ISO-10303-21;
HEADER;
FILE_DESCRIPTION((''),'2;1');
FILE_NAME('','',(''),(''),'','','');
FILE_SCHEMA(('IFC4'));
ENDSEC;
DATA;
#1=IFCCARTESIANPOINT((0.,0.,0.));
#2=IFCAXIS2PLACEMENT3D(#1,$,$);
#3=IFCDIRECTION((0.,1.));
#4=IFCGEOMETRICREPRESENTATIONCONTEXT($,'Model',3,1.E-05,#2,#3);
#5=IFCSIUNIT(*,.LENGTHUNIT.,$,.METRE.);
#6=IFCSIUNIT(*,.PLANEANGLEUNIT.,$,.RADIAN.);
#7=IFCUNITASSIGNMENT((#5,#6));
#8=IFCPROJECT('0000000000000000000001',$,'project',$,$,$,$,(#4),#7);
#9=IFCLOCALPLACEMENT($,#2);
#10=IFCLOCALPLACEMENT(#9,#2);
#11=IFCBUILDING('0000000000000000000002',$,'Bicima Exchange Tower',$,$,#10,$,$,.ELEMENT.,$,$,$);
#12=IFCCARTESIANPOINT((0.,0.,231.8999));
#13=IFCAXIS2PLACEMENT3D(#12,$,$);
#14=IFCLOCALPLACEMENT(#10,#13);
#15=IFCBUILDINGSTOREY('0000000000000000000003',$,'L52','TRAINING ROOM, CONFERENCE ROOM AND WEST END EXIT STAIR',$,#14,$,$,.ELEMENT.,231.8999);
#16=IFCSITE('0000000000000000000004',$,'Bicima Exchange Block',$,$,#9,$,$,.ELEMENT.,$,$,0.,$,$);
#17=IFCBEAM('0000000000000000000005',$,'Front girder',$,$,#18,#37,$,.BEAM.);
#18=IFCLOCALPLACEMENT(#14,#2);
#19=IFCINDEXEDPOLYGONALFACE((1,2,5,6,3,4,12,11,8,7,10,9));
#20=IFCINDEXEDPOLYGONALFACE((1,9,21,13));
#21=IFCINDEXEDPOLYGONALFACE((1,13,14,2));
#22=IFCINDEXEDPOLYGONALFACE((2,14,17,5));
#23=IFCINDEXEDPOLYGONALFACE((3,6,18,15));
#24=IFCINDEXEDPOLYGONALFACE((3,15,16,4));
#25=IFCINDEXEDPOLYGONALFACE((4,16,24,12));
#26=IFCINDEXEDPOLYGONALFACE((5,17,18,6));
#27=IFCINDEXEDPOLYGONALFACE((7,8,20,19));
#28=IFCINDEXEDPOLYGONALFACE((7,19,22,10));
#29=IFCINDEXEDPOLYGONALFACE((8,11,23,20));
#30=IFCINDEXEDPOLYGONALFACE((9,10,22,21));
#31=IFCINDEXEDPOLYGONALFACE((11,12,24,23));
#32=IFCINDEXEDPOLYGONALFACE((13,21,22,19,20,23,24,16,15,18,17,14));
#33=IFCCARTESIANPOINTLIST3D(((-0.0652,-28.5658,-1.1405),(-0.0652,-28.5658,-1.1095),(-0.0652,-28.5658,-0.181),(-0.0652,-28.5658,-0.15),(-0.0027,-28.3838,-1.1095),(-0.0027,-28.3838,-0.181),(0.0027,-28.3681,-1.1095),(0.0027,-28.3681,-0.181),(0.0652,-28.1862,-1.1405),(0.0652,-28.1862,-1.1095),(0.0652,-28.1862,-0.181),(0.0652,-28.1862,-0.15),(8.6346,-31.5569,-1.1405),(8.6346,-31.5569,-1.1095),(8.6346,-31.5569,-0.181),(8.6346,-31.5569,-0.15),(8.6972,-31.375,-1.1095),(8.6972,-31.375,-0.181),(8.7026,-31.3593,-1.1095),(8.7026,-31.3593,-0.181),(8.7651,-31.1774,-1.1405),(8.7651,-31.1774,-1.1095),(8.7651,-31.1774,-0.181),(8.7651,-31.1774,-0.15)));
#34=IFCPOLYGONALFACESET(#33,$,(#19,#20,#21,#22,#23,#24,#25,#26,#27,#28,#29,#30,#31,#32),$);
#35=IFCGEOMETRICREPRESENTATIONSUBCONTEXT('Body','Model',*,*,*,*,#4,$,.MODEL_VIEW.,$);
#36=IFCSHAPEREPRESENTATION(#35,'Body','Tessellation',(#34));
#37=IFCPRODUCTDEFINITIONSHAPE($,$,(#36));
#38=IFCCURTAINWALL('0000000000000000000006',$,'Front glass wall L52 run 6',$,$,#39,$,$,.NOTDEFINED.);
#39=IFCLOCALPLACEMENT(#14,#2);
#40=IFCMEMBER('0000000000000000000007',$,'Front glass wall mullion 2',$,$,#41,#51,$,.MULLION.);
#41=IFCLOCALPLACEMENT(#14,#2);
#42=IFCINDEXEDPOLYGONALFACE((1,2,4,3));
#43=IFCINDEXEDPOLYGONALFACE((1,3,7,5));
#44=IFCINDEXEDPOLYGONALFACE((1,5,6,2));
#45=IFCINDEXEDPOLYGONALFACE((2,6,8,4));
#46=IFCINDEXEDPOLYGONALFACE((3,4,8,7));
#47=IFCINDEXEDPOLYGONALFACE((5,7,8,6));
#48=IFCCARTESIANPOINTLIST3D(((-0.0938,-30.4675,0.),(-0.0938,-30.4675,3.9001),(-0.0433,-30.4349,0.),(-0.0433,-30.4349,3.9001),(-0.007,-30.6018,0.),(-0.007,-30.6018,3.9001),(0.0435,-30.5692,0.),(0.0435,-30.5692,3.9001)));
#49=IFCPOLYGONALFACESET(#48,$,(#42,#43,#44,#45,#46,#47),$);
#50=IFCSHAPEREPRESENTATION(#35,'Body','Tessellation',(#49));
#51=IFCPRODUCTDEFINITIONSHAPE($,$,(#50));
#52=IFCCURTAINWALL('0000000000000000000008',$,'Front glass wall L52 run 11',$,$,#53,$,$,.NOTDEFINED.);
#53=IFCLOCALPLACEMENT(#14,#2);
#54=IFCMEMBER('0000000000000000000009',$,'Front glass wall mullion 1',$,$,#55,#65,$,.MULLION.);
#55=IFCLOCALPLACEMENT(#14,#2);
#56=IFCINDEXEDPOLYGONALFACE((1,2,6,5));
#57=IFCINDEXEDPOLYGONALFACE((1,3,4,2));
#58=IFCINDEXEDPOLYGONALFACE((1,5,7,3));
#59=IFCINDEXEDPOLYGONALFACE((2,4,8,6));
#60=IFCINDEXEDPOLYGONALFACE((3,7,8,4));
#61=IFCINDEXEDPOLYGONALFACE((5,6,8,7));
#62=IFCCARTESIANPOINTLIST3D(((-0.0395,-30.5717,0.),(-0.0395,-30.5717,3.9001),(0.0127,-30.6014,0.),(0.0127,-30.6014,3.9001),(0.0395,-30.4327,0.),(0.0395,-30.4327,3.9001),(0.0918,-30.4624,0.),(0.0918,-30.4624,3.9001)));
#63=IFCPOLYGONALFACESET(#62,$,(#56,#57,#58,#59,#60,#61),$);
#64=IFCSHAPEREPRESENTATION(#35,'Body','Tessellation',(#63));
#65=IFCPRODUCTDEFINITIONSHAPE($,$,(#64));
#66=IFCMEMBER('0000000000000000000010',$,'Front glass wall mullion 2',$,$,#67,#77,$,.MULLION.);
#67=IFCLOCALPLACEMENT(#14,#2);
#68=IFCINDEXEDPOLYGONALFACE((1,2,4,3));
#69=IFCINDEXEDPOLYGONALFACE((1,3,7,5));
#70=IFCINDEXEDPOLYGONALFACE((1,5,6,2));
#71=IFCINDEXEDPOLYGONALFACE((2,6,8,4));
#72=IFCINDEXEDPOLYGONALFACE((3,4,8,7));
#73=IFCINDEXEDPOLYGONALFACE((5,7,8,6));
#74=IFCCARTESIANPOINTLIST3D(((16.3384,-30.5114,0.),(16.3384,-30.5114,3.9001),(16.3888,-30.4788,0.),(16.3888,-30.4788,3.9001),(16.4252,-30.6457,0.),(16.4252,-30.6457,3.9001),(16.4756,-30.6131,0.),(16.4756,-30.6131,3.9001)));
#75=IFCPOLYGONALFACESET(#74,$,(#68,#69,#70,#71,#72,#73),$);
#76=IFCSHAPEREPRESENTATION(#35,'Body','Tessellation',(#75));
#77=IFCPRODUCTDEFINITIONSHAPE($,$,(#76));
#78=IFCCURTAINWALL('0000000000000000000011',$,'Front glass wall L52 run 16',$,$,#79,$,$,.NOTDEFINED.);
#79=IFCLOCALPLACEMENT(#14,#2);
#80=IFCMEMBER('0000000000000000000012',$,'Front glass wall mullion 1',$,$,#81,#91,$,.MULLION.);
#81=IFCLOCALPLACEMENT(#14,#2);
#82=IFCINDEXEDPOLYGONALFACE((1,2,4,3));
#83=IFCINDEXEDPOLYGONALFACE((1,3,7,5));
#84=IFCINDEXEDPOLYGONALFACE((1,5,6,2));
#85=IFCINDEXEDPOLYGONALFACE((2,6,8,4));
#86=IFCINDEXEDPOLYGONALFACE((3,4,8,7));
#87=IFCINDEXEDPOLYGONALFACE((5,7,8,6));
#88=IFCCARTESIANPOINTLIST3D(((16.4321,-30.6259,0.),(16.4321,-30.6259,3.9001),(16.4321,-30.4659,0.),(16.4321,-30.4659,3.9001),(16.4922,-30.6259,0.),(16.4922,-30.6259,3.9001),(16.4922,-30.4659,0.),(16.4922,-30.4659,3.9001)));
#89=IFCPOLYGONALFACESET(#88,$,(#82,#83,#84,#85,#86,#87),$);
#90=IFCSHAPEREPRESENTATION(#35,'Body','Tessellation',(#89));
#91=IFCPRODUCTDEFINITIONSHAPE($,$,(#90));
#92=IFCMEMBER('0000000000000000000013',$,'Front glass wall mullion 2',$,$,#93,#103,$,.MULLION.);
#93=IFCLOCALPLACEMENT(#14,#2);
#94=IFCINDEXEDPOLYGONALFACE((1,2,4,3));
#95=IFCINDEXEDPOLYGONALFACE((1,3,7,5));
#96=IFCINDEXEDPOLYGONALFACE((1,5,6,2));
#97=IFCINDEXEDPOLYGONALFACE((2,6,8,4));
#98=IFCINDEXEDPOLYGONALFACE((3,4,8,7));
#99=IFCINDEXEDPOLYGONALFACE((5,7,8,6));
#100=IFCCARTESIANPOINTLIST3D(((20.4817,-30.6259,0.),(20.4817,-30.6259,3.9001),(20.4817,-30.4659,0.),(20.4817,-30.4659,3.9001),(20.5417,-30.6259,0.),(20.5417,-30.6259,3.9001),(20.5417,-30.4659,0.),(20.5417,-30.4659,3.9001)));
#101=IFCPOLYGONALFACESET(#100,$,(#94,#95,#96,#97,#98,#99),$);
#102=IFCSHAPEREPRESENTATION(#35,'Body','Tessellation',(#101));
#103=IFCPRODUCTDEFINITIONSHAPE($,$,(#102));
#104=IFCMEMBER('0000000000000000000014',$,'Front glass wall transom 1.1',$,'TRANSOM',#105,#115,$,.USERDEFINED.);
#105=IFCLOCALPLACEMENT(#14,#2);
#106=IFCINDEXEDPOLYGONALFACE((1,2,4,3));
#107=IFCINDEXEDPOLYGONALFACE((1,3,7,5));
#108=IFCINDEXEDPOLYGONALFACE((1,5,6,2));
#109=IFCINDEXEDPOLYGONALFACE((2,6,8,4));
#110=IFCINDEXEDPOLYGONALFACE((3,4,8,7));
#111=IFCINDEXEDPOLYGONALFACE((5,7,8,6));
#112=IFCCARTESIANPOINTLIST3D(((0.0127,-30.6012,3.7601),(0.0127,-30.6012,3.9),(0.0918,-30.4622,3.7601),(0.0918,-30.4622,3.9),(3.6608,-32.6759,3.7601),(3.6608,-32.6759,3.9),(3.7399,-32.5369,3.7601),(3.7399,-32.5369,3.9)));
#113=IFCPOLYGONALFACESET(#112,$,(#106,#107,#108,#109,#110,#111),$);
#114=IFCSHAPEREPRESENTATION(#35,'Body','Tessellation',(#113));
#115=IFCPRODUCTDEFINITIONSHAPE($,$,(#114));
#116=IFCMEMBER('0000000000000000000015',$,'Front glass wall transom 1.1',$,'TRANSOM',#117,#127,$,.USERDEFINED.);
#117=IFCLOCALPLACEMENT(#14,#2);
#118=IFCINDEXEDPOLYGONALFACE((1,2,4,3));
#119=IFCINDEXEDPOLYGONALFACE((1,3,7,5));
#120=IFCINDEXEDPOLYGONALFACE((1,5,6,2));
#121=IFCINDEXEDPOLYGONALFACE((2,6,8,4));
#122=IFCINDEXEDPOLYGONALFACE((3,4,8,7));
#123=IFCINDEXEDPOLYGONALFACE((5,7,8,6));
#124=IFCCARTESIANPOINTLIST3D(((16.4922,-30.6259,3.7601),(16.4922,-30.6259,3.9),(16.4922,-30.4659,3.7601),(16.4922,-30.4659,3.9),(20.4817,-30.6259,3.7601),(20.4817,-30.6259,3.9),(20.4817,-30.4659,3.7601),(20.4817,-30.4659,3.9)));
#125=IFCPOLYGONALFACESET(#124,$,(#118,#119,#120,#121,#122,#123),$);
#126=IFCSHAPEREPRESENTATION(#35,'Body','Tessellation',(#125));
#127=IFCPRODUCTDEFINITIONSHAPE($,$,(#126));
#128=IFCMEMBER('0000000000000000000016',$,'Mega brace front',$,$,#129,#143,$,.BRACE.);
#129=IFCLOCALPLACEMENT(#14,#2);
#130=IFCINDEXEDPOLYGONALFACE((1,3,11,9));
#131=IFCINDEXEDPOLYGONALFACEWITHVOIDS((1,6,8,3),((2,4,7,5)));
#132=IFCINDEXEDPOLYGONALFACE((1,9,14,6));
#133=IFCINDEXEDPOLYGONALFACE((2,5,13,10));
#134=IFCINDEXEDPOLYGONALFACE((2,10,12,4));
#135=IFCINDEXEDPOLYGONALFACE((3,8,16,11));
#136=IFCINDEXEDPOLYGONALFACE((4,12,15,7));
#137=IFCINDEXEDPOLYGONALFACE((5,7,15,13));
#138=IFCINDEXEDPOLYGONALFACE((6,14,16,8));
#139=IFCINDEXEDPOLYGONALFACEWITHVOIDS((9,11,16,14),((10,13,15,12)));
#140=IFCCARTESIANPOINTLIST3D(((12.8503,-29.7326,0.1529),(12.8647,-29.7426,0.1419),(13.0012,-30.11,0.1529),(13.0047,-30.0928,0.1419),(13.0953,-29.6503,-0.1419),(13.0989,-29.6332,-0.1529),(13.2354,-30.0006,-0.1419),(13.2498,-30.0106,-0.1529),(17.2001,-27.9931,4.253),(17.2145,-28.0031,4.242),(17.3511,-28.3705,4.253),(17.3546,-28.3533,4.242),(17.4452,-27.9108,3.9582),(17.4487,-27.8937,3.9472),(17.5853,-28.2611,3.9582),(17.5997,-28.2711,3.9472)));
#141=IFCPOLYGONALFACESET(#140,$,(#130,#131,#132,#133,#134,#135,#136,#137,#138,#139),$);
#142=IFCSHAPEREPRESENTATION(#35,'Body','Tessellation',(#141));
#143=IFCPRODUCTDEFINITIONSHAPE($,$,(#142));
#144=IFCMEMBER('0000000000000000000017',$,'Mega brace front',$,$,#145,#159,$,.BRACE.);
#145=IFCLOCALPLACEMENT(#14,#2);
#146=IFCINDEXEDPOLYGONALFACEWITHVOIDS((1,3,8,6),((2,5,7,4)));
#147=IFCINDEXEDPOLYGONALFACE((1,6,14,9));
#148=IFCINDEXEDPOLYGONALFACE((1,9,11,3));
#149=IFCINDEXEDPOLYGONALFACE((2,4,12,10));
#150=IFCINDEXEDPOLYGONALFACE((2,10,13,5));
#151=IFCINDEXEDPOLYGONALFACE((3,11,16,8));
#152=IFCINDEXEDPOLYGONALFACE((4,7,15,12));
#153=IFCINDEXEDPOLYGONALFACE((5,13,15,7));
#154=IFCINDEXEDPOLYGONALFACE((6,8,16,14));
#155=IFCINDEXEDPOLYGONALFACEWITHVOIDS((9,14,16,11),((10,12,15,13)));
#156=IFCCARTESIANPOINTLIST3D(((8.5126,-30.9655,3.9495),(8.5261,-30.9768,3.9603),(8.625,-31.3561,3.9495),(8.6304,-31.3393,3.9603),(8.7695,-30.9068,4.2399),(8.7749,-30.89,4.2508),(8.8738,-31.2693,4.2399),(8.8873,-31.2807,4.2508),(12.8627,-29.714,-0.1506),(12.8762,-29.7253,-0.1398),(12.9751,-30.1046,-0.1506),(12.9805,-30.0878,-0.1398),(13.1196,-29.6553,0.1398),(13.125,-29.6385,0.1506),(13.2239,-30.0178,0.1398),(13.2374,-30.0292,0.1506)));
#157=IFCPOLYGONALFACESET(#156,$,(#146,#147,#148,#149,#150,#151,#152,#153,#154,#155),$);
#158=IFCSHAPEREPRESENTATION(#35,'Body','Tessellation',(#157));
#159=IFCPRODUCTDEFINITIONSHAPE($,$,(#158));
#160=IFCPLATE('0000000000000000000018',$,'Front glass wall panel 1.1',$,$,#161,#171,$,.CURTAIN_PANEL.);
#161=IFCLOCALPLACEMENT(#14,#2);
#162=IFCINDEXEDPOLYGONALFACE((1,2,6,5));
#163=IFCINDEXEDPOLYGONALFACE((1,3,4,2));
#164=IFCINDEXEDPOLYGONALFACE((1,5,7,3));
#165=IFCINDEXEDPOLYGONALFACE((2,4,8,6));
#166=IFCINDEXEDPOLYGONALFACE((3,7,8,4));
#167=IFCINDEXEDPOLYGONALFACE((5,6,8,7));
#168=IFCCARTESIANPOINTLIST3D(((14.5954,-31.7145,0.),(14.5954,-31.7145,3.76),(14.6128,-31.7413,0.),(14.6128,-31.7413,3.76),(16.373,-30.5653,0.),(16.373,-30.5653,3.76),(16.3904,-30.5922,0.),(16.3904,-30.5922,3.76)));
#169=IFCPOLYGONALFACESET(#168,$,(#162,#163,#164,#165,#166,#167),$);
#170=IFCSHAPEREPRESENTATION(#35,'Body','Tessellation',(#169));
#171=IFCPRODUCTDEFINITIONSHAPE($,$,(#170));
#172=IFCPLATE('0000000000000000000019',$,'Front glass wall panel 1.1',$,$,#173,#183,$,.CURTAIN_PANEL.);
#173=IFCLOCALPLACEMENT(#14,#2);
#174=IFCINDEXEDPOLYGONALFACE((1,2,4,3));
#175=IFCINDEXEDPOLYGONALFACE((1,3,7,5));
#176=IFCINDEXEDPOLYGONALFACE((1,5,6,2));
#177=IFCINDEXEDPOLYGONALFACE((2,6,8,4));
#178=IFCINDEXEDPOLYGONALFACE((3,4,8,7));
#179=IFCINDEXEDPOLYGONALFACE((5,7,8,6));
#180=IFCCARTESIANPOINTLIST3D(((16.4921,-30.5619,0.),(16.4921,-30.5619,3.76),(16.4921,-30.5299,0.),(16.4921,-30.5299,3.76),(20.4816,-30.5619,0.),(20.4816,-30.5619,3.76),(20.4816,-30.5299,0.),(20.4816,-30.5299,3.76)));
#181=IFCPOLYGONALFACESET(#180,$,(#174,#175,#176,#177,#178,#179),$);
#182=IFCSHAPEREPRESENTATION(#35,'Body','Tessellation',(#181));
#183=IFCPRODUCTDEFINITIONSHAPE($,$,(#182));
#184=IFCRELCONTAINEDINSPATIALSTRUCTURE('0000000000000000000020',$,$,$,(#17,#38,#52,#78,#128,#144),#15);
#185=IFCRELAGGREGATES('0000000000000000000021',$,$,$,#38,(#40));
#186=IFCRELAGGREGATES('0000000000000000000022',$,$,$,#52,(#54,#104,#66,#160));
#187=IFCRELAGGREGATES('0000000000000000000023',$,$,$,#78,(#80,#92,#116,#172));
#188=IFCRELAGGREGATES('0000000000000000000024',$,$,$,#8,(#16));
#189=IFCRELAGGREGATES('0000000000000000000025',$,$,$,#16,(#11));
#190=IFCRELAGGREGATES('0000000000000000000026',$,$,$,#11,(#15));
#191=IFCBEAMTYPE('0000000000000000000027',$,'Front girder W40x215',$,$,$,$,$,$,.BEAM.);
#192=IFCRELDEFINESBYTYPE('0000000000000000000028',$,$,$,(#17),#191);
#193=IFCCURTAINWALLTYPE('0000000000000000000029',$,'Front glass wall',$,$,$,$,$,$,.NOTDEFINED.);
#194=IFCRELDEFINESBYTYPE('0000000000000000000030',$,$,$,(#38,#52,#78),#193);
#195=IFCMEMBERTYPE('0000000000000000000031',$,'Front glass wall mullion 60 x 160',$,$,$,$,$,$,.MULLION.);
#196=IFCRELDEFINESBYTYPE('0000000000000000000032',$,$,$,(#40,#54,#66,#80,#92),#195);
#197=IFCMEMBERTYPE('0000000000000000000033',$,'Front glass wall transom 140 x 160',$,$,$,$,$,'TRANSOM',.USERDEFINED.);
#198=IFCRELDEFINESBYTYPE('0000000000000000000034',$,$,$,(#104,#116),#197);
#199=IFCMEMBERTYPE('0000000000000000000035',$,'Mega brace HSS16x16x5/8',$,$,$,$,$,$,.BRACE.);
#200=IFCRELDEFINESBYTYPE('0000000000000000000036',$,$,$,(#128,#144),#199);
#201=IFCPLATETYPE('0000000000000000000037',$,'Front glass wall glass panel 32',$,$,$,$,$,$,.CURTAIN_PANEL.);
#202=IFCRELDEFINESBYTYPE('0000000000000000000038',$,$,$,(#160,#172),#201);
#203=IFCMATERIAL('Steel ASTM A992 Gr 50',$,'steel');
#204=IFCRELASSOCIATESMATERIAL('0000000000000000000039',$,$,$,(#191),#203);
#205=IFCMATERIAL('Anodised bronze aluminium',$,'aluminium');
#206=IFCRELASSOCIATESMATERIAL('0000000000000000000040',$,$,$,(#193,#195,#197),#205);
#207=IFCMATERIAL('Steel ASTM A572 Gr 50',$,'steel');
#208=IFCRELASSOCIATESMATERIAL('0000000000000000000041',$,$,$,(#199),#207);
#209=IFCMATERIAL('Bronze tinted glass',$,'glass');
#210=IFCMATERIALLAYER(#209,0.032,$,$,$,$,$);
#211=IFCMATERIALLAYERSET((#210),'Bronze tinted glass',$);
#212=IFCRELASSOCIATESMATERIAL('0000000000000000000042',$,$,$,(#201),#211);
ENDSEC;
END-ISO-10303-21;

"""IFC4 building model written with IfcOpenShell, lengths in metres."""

from ifc_helpers import new_model, si_unit, direction, frame, origin, origin_2d, place, context, subcontext, project, spatial, rectangle, hollow_rectangle, i_section, extrude, material, layer, layer_set, material_profile, profile_set, type_object, element, aggregate, save


model = new_model("IFC4")

# Units and contexts
model_context = context("Model", 3, precision=1e-05, world=origin(), true_north=direction((0.0, 1.0)))
body_context = subcontext(model_context, "Body", "Model", "MODEL_VIEW")
ifc_project = project(units=[si_unit("LENGTHUNIT", "METRE"), si_unit("PLANEANGLEUNIT", "RADIAN")], contexts=[model_context])

# Site, building, storey
site_placement = place(None, origin())
site = spatial("IfcSite", under=ifc_project, at=site_placement, Name="Bicima Exchange Block", CompositionType="ELEMENT", RefElevation=0.0)
building_placement = place(site_placement, origin())
building = spatial("IfcBuilding", under=site, at=building_placement, Name="Bicima Exchange Tower", CompositionType="ELEMENT")
storey_placement = place(building_placement, frame((0.0, 0.0, 231.8999)))
storey = spatial("IfcBuildingStorey", under=building, at=storey_placement, Name="L52", Description="TRAINING ROOM, CONFERENCE ROOM AND WEST END EXIT STAIR", CompositionType="ELEMENT", Elevation=231.8999)

# Shared definitions
ifc_material_1 = material(Name="Steel ASTM A992 Gr 50", Category="steel")

# Beam
ifc_material_profile_1 = material_profile(ifc_material_1, i_section(OverallWidth=0.4014, OverallDepth=0.9905, WebThickness=0.0166, FlangeThickness=0.031, at=origin_2d()))
ifc_profile_set_1 = profile_set([ifc_material_profile_1], Name="Steel ASTM A992 Gr 50")
beam_type_1 = type_object("IfcBeamType", Name="Front girder W40x215", PredefinedType="BEAM", material=ifc_profile_set_1)
beam_1_placement = place(storey_placement, frame((0.0, -28.376, -0.6453), z_axis=(0.945666, -0.325138, 0.0), x_axis=(0.325138, 0.945666, 0.0)))
element("IfcBeam", 1, at=beam_1_placement, inside=storey, type_object=beam_type_1, Name="Front girder", PredefinedType="BEAM", context=body_context, shape_type="SweptSolid", body=[
    extrude(i_section(OverallWidth=0.4014, OverallDepth=0.9905, WebThickness=0.0166, FlangeThickness=0.031, at=origin_2d()), origin(), (0.0, 0.0, 1.0), 9.1997),
])

# Curtain wall, member
ifc_material_2 = material(Name="Anodised bronze aluminium", Category="aluminium")
curtain_wall_type = type_object("IfcCurtainWallType", Name="Front glass wall", PredefinedType="NOTDEFINED", material=ifc_material_2)
curtain_wall_1_placement = place(storey_placement, origin())
curtain_wall_1 = element("IfcCurtainWall", 2, at=curtain_wall_1_placement, inside=storey, type_object=curtain_wall_type, Name="Front glass wall L52 run 6", PredefinedType="NOTDEFINED")
ifc_material_profile_2 = material_profile(ifc_material_2, rectangle(XDim=0.1599, YDim=0.0601, at=origin_2d()))
ifc_profile_set_2 = profile_set([ifc_material_profile_2], Name="Anodised bronze aluminium")
member_type_1 = type_object("IfcMemberType", Name="Front glass wall mullion 60 x 160", PredefinedType="MULLION", material=ifc_profile_set_2)
member_1_placement = place(storey_placement, frame((-0.0251, -30.5183, 0.0), z_axis=(0.0, 0.0, 1.0), x_axis=(-0.542897, 0.839799, 0.0)))
member_1 = element("IfcMember", 3, at=member_1_placement, type_object=member_type_1, Name="Front glass wall mullion 2", PredefinedType="MULLION", context=body_context, shape_type="SweptSolid", body=[
    extrude(rectangle(XDim=0.1599, YDim=0.0601, at=origin_2d()), origin(), (0.0, 0.0, 1.0), 3.9001),
])
aggregate(curtain_wall_1, [member_1])

# Curtain walls, members
curtain_wall_2_placement = place(storey_placement, origin())
curtain_wall_2 = element("IfcCurtainWall", 4, at=curtain_wall_2_placement, inside=storey, type_object=curtain_wall_type, Name="Front glass wall L52 run 11", PredefinedType="NOTDEFINED")
member_2_placement = place(storey_placement, frame((0.0261, -30.5171, 0.0), z_axis=(0.0, 0.0, 1.0), x_axis=(0.49433, 0.869274, 0.0)))
member_2 = element("IfcMember", 5, at=member_2_placement, type_object=member_type_1, Name="Front glass wall mullion 1", PredefinedType="MULLION", context=body_context, shape_type="SweptSolid", body=[
    extrude(rectangle(XDim=0.1599, YDim=0.0601, at=origin_2d()), origin(), (0.0, 0.0, 1.0), 3.9001),
])
member_3_placement = place(storey_placement, frame((16.407, -30.5623, 0.0), z_axis=(0.0, 0.0, 1.0), x_axis=(-0.542909, 0.839791, 0.0)))
member_3 = element("IfcMember", 6, at=member_3_placement, type_object=member_type_1, Name="Front glass wall mullion 2", PredefinedType="MULLION", context=body_context, shape_type="SweptSolid", body=[
    extrude(rectangle(XDim=0.1599, YDim=0.0601, at=origin_2d()), origin(), (0.0, 0.0, 1.0), 3.9001),
])
curtain_wall_3_placement = place(storey_placement, origin())
curtain_wall_3 = element("IfcCurtainWall", 7, at=curtain_wall_3_placement, inside=storey, type_object=curtain_wall_type, Name="Front glass wall L52 run 16", PredefinedType="NOTDEFINED")
member_4_placement = place(storey_placement, frame((16.4622, -30.5459, 0.0), z_axis=(0.0, 0.0, 1.0), x_axis=(0.0, 1.0, 0.0)))
member_4 = element("IfcMember", 8, at=member_4_placement, type_object=member_type_1, Name="Front glass wall mullion 1", PredefinedType="MULLION", context=body_context, shape_type="SweptSolid", body=[
    extrude(rectangle(XDim=0.1599, YDim=0.0601, at=origin_2d()), origin(), (0.0, 0.0, 1.0), 3.9001),
])
member_5_placement = place(storey_placement, frame((20.5117, -30.5459, 0.0), z_axis=(0.0, 0.0, 1.0), x_axis=(0.0, 1.0, 0.0)))
member_5 = element("IfcMember", 9, at=member_5_placement, type_object=member_type_1, Name="Front glass wall mullion 2", PredefinedType="MULLION", context=body_context, shape_type="SweptSolid", body=[
    extrude(rectangle(XDim=0.1599, YDim=0.0601, at=origin_2d()), origin(), (0.0, 0.0, 1.0), 3.9001),
])

# Members
ifc_material_profile_3 = material_profile(ifc_material_2, rectangle(XDim=0.1599, YDim=0.1399, at=origin_2d()))
ifc_profile_set_3 = profile_set([ifc_material_profile_3], Name="Anodised bronze aluminium")
member_type_2 = type_object("IfcMemberType", Name="Front glass wall transom 140 x 160", ElementType="TRANSOM", PredefinedType="USERDEFINED", material=ifc_profile_set_3)
member_6_placement = place(storey_placement, frame((0.0522, -30.5317, 3.8301), z_axis=(0.869265, -0.494346, 0.0), x_axis=(0.494346, 0.869265, 0.0)))
member_6 = element("IfcMember", 10, at=member_6_placement, type_object=member_type_2, Name="Front glass wall transom 1.1", ObjectType="TRANSOM", PredefinedType="USERDEFINED", context=body_context, shape_type="SweptSolid", body=[
    extrude(rectangle(XDim=0.1599, YDim=0.1399, at=origin_2d()), origin(), (0.0, 0.0, 1.0), 4.1968),
])
member_7_placement = place(storey_placement, frame((16.4922, -30.5459, 3.8301), z_axis=(1.0, 0.0, 0.0), x_axis=(0.0, 1.0, 0.0)))
member_7 = element("IfcMember", 11, at=member_7_placement, type_object=member_type_2, Name="Front glass wall transom 1.1", ObjectType="TRANSOM", PredefinedType="USERDEFINED", context=body_context, shape_type="SweptSolid", body=[
    extrude(rectangle(XDim=0.1599, YDim=0.1399, at=origin_2d()), origin(), (0.0, 0.0, 1.0), 3.9895),
])

# Members
ifc_material_3 = material(Name="Steel ASTM A572 Gr 50", Category="steel")
ifc_material_profile_4 = material_profile(ifc_material_3, hollow_rectangle(XDim=0.4065, YDim=0.4065, WallThickness=0.0146, at=origin_2d()))
ifc_profile_set_4 = profile_set([ifc_material_profile_4], Name="Steel ASTM A572 Gr 50")
member_type_3 = type_object("IfcMemberType", Name="Mega brace HSS16x16x5/8", PredefinedType="BRACE", material=ifc_profile_set_4)
member_8_placement = place(storey_placement, frame((13.05, -29.8716, 0.0), z_axis=(0.698706, 0.279412, 0.658588), x_axis=(-0.37131, 0.928509, 0.0)))
element("IfcMember", 12, at=member_8_placement, inside=storey, type_object=member_type_3, Name="Mega brace front", PredefinedType="BRACE", context=body_context, shape_type="SweptSolid", body=[
    extrude(hollow_rectangle(XDim=0.4065, YDim=0.4065, WallThickness=0.0146, at=origin_2d()), origin(), (0.0, 0.0, 1.0), 6.2256),
])
member_9_placement = place(storey_placement, frame((13.05, -29.8716, 0.0), z_axis=(-0.712267, -0.20491, 0.671333), x_axis=(0.276473, -0.961022, 0.0)))
element("IfcMember", 13, at=member_9_placement, inside=storey, type_object=member_type_3, Name="Mega brace front", PredefinedType="BRACE", context=body_context, shape_type="SweptSolid", body=[
    extrude(hollow_rectangle(XDim=0.4065, YDim=0.4065, WallThickness=0.0146, at=origin_2d()), origin(), (0.0, 0.0, 1.0), 6.1074),
])

# Plates
ifc_material_4 = material(Name="Bronze tinted glass", Category="glass")
ifc_layer_1 = layer(ifc_material_4, 0.032)
ifc_layer_set_1 = layer_set([ifc_layer_1], Name="Bronze tinted glass")
plate_type = type_object("IfcPlateType", Name="Front glass wall glass panel 32", PredefinedType="CURTAIN_PANEL", material=ifc_layer_set_1)
plate_1_placement = place(storey_placement, frame((15.4929, -31.1533, 0.0), z_axis=(0.0, 0.0, 1.0), x_axis=(0.839791, 0.542909, 0.0)))
plate_1 = element("IfcPlate", 14, at=plate_1_placement, type_object=plate_type, Name="Front glass wall panel 1.1", PredefinedType="CURTAIN_PANEL", context=body_context, shape_type="SweptSolid", body=[
    extrude(rectangle(XDim=2.1167, YDim=0.032, at=origin_2d()), origin(), (0.0, 0.0, 1.0), 3.76),
])
aggregate(curtain_wall_2, [member_2, member_6, member_3, plate_1])
plate_2_placement = place(storey_placement, frame((18.4868, -30.5459, 0.0), z_axis=(0.0, 0.0, 1.0), x_axis=(1.0, 0.0, 0.0)))
plate_2 = element("IfcPlate", 15, at=plate_2_placement, type_object=plate_type, Name="Front glass wall panel 1.1", PredefinedType="CURTAIN_PANEL", context=body_context, shape_type="SweptSolid", body=[
    extrude(rectangle(XDim=3.9895, YDim=0.032, at=origin_2d()), origin(), (0.0, 0.0, 1.0), 3.76),
])
aggregate(curtain_wall_3, [member_4, member_5, member_7, plate_2])

save(model, "model.ifc")
